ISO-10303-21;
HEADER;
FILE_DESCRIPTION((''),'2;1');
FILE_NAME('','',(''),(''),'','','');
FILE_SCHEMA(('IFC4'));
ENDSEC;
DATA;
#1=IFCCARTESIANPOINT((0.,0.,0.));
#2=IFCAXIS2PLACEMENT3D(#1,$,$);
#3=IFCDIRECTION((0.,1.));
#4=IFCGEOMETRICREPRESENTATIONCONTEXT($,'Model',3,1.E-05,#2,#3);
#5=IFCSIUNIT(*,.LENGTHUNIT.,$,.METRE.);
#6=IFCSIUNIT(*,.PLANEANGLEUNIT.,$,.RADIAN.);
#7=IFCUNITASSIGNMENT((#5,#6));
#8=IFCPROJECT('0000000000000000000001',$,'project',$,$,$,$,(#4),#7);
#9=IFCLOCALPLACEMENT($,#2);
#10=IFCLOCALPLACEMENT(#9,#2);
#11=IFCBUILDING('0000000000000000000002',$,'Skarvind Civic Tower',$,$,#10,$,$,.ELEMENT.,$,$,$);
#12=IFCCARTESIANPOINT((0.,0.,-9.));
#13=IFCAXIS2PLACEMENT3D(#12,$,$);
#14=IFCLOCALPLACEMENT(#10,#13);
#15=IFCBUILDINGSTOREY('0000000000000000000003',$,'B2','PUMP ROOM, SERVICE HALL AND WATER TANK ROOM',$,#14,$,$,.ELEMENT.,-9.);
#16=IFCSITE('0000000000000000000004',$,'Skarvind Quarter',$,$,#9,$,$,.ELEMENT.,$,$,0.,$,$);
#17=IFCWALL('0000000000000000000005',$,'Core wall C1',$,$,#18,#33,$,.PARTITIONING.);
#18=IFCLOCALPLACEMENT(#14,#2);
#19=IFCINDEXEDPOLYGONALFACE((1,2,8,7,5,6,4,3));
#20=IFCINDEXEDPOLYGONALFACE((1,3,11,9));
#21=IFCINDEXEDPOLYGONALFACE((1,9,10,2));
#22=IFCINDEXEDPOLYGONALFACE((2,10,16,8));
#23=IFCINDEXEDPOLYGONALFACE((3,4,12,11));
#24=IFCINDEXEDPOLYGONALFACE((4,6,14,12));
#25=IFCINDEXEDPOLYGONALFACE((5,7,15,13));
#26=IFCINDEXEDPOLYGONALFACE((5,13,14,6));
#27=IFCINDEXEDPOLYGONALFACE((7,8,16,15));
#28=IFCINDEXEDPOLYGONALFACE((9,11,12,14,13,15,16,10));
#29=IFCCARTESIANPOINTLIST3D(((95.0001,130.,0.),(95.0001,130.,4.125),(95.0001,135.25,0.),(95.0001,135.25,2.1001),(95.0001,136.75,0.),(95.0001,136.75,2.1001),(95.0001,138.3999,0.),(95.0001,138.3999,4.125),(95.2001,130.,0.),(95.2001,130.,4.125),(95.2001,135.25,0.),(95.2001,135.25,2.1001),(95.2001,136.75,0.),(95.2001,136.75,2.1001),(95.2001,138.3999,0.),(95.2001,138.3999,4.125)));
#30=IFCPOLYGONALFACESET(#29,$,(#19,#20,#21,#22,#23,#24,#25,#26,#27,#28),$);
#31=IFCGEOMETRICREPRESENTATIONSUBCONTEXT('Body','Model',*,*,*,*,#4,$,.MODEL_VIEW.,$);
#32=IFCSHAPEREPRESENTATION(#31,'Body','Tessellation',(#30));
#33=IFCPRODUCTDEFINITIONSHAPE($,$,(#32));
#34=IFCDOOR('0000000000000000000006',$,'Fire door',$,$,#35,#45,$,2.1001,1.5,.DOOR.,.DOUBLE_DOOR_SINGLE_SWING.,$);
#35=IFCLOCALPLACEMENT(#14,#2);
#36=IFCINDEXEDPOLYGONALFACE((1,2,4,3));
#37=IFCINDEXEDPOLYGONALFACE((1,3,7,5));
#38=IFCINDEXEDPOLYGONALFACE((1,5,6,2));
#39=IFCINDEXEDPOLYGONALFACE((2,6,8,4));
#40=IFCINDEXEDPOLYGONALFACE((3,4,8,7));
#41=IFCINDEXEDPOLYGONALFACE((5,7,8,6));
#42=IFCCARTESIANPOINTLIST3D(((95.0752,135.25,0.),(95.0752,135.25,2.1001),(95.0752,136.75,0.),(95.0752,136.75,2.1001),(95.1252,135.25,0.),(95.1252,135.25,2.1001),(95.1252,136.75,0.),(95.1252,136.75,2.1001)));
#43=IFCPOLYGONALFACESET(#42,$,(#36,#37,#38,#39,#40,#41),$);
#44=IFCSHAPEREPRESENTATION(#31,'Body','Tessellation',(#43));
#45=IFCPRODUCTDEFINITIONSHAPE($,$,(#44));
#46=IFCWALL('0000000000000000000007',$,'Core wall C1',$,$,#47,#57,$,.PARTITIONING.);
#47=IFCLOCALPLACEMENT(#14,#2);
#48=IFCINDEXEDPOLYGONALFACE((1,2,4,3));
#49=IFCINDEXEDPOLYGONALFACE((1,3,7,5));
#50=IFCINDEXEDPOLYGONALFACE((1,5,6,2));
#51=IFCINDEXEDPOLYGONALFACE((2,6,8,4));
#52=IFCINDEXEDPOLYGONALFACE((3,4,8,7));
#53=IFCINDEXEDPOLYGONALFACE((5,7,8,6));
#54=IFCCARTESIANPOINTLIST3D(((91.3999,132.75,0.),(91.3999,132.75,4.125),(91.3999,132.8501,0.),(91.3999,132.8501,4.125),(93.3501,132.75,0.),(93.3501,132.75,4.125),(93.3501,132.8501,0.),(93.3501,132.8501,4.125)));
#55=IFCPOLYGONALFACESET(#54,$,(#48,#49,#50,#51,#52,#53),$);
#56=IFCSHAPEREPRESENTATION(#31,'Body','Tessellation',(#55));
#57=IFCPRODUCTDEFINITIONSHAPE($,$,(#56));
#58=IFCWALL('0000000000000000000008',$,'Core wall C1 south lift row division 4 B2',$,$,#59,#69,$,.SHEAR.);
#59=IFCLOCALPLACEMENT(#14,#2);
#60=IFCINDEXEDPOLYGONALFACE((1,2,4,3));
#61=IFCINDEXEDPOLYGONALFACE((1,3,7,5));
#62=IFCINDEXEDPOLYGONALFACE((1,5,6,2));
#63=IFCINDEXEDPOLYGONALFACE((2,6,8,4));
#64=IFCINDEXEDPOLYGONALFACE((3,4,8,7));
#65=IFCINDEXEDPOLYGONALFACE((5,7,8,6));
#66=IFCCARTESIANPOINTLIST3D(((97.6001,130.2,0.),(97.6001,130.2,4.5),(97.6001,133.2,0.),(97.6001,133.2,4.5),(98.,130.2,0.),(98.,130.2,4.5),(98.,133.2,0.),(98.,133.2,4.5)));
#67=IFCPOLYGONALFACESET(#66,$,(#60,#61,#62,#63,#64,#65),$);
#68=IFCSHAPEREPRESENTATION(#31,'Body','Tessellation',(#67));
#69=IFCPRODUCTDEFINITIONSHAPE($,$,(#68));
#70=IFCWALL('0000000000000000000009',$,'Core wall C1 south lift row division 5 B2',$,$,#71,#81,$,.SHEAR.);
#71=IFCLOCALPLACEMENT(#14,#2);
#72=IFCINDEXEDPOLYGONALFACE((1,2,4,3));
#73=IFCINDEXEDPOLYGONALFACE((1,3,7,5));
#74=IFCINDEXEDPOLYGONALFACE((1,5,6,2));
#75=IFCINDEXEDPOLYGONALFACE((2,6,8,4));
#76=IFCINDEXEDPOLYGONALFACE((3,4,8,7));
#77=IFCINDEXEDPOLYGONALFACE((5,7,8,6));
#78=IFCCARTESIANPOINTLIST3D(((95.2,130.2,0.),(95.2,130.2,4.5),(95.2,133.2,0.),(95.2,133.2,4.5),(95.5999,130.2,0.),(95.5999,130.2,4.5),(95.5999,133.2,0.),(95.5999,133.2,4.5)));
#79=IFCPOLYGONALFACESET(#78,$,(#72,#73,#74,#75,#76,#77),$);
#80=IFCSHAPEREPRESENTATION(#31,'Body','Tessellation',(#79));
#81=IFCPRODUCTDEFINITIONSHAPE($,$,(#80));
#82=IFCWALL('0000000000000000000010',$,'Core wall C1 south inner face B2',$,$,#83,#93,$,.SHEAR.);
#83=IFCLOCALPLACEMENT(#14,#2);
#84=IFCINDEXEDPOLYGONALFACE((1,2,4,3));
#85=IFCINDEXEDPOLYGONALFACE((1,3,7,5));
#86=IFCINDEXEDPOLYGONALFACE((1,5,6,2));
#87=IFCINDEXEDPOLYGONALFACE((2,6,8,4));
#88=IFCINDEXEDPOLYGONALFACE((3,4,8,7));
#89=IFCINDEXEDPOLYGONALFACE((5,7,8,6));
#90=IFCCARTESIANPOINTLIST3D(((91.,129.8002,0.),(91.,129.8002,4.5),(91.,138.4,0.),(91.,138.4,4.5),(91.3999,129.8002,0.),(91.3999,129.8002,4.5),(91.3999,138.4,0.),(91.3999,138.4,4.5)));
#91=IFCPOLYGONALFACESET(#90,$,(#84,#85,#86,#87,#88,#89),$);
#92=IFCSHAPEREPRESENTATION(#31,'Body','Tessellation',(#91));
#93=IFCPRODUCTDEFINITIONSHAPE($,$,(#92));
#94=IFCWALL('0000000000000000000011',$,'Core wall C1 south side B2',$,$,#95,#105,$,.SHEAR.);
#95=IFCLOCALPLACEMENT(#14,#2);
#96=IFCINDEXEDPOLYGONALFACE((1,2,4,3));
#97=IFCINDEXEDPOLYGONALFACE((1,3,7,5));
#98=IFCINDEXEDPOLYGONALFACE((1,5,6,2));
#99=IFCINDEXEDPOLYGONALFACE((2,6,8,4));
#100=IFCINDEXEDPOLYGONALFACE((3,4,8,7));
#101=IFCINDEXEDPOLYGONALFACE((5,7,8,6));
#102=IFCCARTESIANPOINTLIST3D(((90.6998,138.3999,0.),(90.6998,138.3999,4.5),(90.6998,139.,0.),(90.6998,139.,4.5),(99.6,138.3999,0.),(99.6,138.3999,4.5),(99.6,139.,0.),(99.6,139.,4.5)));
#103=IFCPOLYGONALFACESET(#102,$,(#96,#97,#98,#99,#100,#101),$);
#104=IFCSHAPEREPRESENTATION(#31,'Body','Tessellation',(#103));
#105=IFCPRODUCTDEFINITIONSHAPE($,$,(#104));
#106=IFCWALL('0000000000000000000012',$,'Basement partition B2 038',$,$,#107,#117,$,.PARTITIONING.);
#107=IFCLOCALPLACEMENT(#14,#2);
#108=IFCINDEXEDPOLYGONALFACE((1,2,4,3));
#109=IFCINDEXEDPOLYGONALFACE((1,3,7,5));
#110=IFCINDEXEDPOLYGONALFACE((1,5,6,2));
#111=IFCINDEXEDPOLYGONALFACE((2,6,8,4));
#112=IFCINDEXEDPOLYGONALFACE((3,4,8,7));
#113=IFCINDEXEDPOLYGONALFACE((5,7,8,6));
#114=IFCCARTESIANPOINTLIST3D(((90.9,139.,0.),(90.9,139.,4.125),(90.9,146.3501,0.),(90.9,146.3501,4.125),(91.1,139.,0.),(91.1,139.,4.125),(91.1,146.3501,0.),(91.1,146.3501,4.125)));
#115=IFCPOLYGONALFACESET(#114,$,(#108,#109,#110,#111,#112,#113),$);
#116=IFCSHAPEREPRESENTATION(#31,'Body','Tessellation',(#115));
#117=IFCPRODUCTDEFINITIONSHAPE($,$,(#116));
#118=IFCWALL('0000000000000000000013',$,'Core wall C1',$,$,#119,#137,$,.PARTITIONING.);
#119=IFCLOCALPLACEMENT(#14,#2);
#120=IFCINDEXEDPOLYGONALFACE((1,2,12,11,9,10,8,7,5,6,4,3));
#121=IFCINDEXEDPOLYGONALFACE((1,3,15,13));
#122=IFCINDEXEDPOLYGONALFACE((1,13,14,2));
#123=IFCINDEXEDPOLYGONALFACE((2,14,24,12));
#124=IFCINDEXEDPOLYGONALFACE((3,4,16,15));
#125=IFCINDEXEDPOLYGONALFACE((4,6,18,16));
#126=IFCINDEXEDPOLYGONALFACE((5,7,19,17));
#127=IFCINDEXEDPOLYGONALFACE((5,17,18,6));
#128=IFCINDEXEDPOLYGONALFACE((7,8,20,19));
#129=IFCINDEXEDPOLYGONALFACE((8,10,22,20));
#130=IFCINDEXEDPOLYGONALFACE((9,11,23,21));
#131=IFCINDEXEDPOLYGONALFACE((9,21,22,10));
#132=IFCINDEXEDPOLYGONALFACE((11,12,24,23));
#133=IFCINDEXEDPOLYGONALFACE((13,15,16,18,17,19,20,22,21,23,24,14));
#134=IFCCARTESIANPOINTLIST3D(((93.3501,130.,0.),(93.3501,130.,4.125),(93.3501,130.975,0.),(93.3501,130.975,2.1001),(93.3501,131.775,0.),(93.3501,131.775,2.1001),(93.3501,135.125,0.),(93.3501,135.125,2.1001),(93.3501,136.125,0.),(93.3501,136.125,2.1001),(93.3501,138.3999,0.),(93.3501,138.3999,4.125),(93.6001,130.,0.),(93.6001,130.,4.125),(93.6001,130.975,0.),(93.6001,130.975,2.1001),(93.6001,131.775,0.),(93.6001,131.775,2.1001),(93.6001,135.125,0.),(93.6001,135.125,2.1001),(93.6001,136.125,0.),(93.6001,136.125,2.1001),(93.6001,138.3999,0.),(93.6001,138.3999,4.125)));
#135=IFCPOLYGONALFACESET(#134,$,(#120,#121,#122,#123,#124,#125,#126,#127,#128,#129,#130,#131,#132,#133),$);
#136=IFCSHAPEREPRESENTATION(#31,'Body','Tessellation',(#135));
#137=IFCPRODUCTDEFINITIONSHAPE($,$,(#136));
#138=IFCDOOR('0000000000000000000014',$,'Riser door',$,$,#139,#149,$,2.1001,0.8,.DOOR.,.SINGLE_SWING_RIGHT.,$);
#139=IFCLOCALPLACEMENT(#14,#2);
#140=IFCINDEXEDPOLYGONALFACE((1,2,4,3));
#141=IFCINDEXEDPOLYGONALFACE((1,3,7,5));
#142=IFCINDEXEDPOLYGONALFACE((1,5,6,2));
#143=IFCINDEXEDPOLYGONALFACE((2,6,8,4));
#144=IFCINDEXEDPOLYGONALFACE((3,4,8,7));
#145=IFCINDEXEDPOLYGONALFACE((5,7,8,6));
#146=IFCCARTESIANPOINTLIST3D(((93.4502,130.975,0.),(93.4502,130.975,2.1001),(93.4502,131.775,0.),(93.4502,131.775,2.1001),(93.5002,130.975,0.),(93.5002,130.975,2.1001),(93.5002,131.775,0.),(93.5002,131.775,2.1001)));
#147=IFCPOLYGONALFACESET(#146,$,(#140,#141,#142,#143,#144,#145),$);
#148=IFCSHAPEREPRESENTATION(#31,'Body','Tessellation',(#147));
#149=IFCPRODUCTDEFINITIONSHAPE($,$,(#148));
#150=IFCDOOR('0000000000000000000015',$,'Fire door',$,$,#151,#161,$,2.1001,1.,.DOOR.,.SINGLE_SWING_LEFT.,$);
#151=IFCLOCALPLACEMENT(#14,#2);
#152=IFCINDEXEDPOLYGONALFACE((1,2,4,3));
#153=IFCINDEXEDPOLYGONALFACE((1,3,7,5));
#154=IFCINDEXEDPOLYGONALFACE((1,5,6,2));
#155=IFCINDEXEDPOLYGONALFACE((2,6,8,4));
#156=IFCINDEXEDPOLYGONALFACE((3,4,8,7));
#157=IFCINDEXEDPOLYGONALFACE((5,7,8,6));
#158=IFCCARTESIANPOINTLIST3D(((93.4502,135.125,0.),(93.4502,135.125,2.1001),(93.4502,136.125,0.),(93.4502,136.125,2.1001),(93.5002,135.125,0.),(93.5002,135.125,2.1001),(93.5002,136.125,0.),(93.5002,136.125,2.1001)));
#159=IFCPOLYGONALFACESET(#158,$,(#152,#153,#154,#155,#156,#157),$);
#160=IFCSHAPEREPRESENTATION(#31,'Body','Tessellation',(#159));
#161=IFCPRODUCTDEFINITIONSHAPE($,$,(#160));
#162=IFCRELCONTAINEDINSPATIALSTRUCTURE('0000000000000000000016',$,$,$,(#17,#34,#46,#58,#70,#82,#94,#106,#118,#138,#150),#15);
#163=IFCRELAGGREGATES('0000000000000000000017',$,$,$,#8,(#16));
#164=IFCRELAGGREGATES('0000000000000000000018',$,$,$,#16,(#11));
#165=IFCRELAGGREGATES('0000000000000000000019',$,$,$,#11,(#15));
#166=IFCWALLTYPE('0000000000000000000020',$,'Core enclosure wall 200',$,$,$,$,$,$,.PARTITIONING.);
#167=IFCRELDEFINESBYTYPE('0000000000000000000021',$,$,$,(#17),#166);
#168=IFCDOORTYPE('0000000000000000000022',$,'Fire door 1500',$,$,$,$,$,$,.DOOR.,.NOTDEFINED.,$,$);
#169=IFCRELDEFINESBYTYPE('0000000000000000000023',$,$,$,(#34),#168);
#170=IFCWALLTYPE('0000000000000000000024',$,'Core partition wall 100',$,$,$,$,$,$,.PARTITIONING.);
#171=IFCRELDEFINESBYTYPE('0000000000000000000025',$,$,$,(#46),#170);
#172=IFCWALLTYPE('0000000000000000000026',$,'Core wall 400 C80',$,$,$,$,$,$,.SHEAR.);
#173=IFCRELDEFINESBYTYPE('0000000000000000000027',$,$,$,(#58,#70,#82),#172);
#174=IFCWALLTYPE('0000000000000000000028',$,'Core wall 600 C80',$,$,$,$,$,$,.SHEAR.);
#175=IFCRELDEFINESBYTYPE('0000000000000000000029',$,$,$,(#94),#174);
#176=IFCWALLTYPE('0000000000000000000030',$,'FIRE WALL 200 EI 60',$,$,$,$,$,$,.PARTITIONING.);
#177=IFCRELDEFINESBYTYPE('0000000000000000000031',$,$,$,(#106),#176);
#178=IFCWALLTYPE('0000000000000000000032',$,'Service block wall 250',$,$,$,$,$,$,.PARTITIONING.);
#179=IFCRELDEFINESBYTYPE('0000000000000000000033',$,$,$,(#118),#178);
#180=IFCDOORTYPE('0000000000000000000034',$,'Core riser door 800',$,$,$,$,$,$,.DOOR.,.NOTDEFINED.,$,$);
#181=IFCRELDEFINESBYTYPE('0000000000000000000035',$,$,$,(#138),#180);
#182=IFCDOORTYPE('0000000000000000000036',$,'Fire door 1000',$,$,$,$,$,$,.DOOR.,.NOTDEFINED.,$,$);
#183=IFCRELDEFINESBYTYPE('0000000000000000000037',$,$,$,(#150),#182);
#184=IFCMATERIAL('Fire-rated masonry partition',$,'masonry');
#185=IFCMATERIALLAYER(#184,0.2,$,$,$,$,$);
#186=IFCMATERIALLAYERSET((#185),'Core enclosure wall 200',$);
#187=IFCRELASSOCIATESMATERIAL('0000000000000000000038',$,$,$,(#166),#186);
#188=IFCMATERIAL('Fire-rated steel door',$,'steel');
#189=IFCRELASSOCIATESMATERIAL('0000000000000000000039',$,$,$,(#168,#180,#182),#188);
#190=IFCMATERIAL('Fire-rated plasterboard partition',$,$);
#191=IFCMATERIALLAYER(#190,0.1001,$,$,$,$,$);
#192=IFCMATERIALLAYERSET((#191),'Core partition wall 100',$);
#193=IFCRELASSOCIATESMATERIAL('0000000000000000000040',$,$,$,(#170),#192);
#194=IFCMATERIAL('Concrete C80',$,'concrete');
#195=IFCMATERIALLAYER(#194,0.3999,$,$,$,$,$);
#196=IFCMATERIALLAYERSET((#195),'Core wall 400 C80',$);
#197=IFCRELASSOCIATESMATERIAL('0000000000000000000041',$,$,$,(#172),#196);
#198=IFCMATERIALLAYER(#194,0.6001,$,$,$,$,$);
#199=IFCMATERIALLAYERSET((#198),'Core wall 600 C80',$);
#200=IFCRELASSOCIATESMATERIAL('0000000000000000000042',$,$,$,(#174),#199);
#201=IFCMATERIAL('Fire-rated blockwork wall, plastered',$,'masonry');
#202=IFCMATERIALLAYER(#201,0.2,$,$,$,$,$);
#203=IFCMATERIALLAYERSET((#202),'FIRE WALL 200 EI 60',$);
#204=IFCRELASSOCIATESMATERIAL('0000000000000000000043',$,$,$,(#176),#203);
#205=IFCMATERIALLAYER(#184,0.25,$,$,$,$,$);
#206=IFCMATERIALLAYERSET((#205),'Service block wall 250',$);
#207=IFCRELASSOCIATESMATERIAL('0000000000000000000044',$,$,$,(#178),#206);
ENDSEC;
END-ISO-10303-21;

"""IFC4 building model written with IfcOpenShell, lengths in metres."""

from ifc_helpers import new_model, si_unit, direction, frame, frame_2d, origin, place, context, subcontext, project, spatial, rectangle, extrude, material, layer, layer_set, type_object, element, fill, save


model = new_model("IFC4")

# Units and contexts
model_context = context("Model", 3, precision=1e-05, world=origin(), true_north=direction((0.0, 1.0)))
body_context = subcontext(model_context, "Body", "Model", "MODEL_VIEW")
ifc_project = project(units=[si_unit("LENGTHUNIT", "METRE"), si_unit("PLANEANGLEUNIT", "RADIAN")], contexts=[model_context])

# Site, building, storey
site_placement = place(None, origin())
site = spatial("IfcSite", under=ifc_project, at=site_placement, Name="Skarvind Quarter", CompositionType="ELEMENT", RefElevation=0.0)
building_placement = place(site_placement, origin())
building = spatial("IfcBuilding", under=site, at=building_placement, Name="Skarvind Civic Tower", CompositionType="ELEMENT")
storey_placement = place(building_placement, frame((0.0, 0.0, -9.0)))
storey = spatial("IfcBuildingStorey", under=building, at=storey_placement, Name="B2", Description="PUMP ROOM, SERVICE HALL AND WATER TANK ROOM", CompositionType="ELEMENT", Elevation=-9.0)

# Shared definitions
ifc_material_1 = material(Name="Concrete C80", Category="concrete")

# Wall, opening, door
ifc_material_2 = material(Name="Fire-rated masonry partition", Category="masonry")
ifc_layer_1 = layer(ifc_material_2, 0.2)
ifc_layer_set_1 = layer_set([ifc_layer_1], Name="Core enclosure wall 200")
wall_type_1 = type_object("IfcWallType", Name="Core enclosure wall 200", PredefinedType="PARTITIONING", material=ifc_layer_set_1)
ifc_material_3 = material(Name="Fire-rated steel door", Category="steel")
wall_1_placement = place(storey_placement, frame((95.1001, 130.0, 0.0), z_axis=(0.0, 0.0, 1.0), x_axis=(0.0, 1.0, 0.0)))
wall_1 = element("IfcWall", 1, at=wall_1_placement, inside=storey, type_object=wall_type_1, Name="Core wall C1", PredefinedType="PARTITIONING", context=body_context, shape_type="SweptSolid", body=[
    extrude(rectangle(XDim=8.3999, YDim=0.2, at=frame_2d((4.2, 0.0))), origin(), (0.0, 0.0, 1.0), 4.125),
])
opening_1_placement = place(wall_1_placement, frame((5.25, 0.0, 0.0)))
opening_1 = element("IfcOpeningElement", 2, at=opening_1_placement, cuts=wall_1, PredefinedType="OPENING", context=body_context, shape_type="SweptSolid", body=[
    extrude(rectangle(XDim=1.5, YDim=2.1001, at=frame_2d((0.75, 1.05))), frame((0.0, 0.1099, 0.0), z_axis=(0.0, -1.0, 0.0), x_axis=(1.0, 0.0, 0.0)), (0.0, 0.0, 1.0), 0.22),
])
door_type_1 = type_object("IfcDoorType", Name="Fire door 1500", OperationType="NOTDEFINED", PredefinedType="DOOR", material=ifc_material_3)
door_1_placement = place(opening_1_placement, origin())
door_1 = element("IfcDoor", 3, at=door_1_placement, inside=storey, type_object=door_type_1, Name="Fire door", OperationType="DOUBLE_DOOR_SINGLE_SWING", OverallHeight=2.1001, OverallWidth=1.5, PredefinedType="DOOR", context=body_context, shape_type="SweptSolid", body=[
    extrude(rectangle(XDim=1.5, YDim=2.1001, at=frame_2d((0.75, 1.05))), frame((0.0, 0.0249, 0.0), z_axis=(0.0, -1.0, 0.0), x_axis=(1.0, 0.0, 0.0)), (0.0, 0.0, 1.0), 0.05),
])
fill(opening_1, door_1)

# Walls
ifc_material_4 = material(Name="Fire-rated plasterboard partition")
ifc_layer_2 = layer(ifc_material_4, 0.1001)
ifc_layer_set_2 = layer_set([ifc_layer_2], Name="Core partition wall 100")
wall_type_2 = type_object("IfcWallType", Name="Core partition wall 100", PredefinedType="PARTITIONING", material=ifc_layer_set_2)
wall_2_placement = place(storey_placement, frame((91.3999, 132.8, 0.0), z_axis=(0.0, 0.0, 1.0), x_axis=(1.0, 0.0, 0.0)))
element("IfcWall", 4, at=wall_2_placement, inside=storey, type_object=wall_type_2, Name="Core wall C1", PredefinedType="PARTITIONING", context=body_context, shape_type="SweptSolid", body=[
    extrude(rectangle(XDim=1.9502, YDim=0.1001, at=frame_2d((0.9751, 0.0))), origin(), (0.0, 0.0, 1.0), 4.125),
])
ifc_layer_3 = layer(ifc_material_1, 0.3999)
ifc_layer_set_3 = layer_set([ifc_layer_3], Name="Core wall 400 C80")
wall_type_3 = type_object("IfcWallType", Name="Core wall 400 C80", PredefinedType="SHEAR", material=ifc_layer_set_3)
for number, where, z_axis, x_axis, name in (
    (5, (97.8, 133.2, 0.0), (0.0, 0.0, 1.0), (0.0, -1.0, 0.0), "Core wall C1 south lift row division 4 B2"),
    (6, (95.3999, 133.2, 0.0), (0.0, 0.0, 1.0), (0.0, -1.0, 0.0), "Core wall C1 south lift row division 5 B2"),
):
    element("IfcWall", number, at=place(storey_placement, frame(where, z_axis=z_axis, x_axis=x_axis)), inside=storey, type_object=wall_type_3, Name=name, PredefinedType="SHEAR", context=body_context, shape_type="SweptSolid", body=[
        extrude(rectangle(XDim=3.0, YDim=0.3999, at=frame_2d((1.5, 0.0))), origin(), (0.0, 0.0, 1.0), 4.5),
    ])
wall_3_placement = place(storey_placement, frame((91.2, 138.3999, 0.0), z_axis=(0.0, 0.0, 1.0), x_axis=(0.0, -1.0, 0.0)))
element("IfcWall", 7, at=wall_3_placement, inside=storey, type_object=wall_type_3, Name="Core wall C1 south inner face B2", PredefinedType="SHEAR", context=body_context, shape_type="SweptSolid", body=[
    extrude(rectangle(XDim=8.5999, YDim=0.3999, at=frame_2d((4.2998, 0.0))), origin(), (0.0, 0.0, 1.0), 4.5),
])
ifc_layer_4 = layer(ifc_material_1, 0.6001)
ifc_layer_set_4 = layer_set([ifc_layer_4], Name="Core wall 600 C80")
wall_type_4 = type_object("IfcWallType", Name="Core wall 600 C80", PredefinedType="SHEAR", material=ifc_layer_set_4)
wall_4_placement = place(storey_placement, frame((99.6001, 138.7, 0.0), z_axis=(0.0, 0.0, 1.0), x_axis=(-1.0, 0.0, 0.0)))
element("IfcWall", 8, at=wall_4_placement, inside=storey, type_object=wall_type_4, Name="Core wall C1 south side B2", PredefinedType="SHEAR", context=body_context, shape_type="SweptSolid", body=[
    extrude(rectangle(XDim=8.9001, YDim=0.6001, at=frame_2d((4.4502, 0.0))), origin(), (0.0, 0.0, 1.0), 4.5),
])
ifc_material_5 = material(Name="Fire-rated blockwork wall, plastered", Category="masonry")
ifc_layer_5 = layer(ifc_material_5, 0.2)
ifc_layer_set_5 = layer_set([ifc_layer_5], Name="FIRE WALL 200 EI 60")
wall_type_5 = type_object("IfcWallType", Name="FIRE WALL 200 EI 60", PredefinedType="PARTITIONING", material=ifc_layer_set_5)
wall_5_placement = place(storey_placement, frame((91.0, 139.0, 0.0), z_axis=(0.0, 0.0, 1.0), x_axis=(0.0, 1.0, 0.0)))
element("IfcWall", 9, at=wall_5_placement, inside=storey, type_object=wall_type_5, Name="Basement partition B2 038", PredefinedType="PARTITIONING", context=body_context, shape_type="SweptSolid", body=[
    extrude(rectangle(XDim=7.3501, YDim=0.2, at=frame_2d((3.675, 0.0))), origin(), (0.0, 0.0, 1.0), 4.125),
])

# Wall, openings, doors
ifc_layer_6 = layer(ifc_material_2, 0.25)
ifc_layer_set_6 = layer_set([ifc_layer_6], Name="Service block wall 250")
wall_type_6 = type_object("IfcWallType", Name="Service block wall 250", PredefinedType="PARTITIONING", material=ifc_layer_set_6)
wall_6_placement = place(storey_placement, frame((93.4751, 130.0, 0.0), z_axis=(0.0, 0.0, 1.0), x_axis=(0.0, 1.0, 0.0)))
wall_6 = element("IfcWall", 10, at=wall_6_placement, inside=storey, type_object=wall_type_6, Name="Core wall C1", PredefinedType="PARTITIONING", context=body_context, shape_type="SweptSolid", body=[
    extrude(rectangle(XDim=8.3999, YDim=0.25, at=frame_2d((4.2, 0.0))), origin(), (0.0, 0.0, 1.0), 4.125),
])
opening_2_placement = place(wall_6_placement, frame((0.9751, 0.0, 0.0)))
opening_2 = element("IfcOpeningElement", 11, at=opening_2_placement, cuts=wall_6, PredefinedType="OPENING", context=body_context, shape_type="SweptSolid", body=[
    extrude(rectangle(XDim=0.8, YDim=2.1001, at=frame_2d((0.3999, 1.05))), frame((0.0, 0.135, 0.0), z_axis=(0.0, -1.0, 0.0), x_axis=(1.0, 0.0, 0.0)), (0.0, 0.0, 1.0), 0.27),
])
opening_3_placement = place(wall_6_placement, frame((5.125, 0.0, 0.0)))
opening_3 = element("IfcOpeningElement", 12, at=opening_3_placement, cuts=wall_6, PredefinedType="OPENING", context=body_context, shape_type="SweptSolid", body=[
    extrude(rectangle(XDim=1.0, YDim=2.1001, at=frame_2d((0.5, 1.05))), frame((0.0, 0.135, 0.0), z_axis=(0.0, -1.0, 0.0), x_axis=(1.0, 0.0, 0.0)), (0.0, 0.0, 1.0), 0.27),
])
door_type_2 = type_object("IfcDoorType", Name="Core riser door 800", OperationType="NOTDEFINED", PredefinedType="DOOR", material=ifc_material_3)
door_2_placement = place(opening_2_placement, origin())
door_2 = element("IfcDoor", 13, at=door_2_placement, inside=storey, type_object=door_type_2, Name="Riser door", OperationType="SINGLE_SWING_RIGHT", OverallHeight=2.1001, OverallWidth=0.8, PredefinedType="DOOR", context=body_context, shape_type="SweptSolid", body=[
    extrude(rectangle(XDim=0.8, YDim=2.1001, at=frame_2d((0.3999, 1.05))), frame((0.0, 0.0249, 0.0), z_axis=(0.0, -1.0, 0.0), x_axis=(1.0, 0.0, 0.0)), (0.0, 0.0, 1.0), 0.05),
])
fill(opening_2, door_2)
door_type_3 = type_object("IfcDoorType", Name="Fire door 1000", OperationType="NOTDEFINED", PredefinedType="DOOR", material=ifc_material_3)
door_3_placement = place(opening_3_placement, origin())
door_3 = element("IfcDoor", 14, at=door_3_placement, inside=storey, type_object=door_type_3, Name="Fire door", OperationType="SINGLE_SWING_LEFT", OverallHeight=2.1001, OverallWidth=1.0, PredefinedType="DOOR", context=body_context, shape_type="SweptSolid", body=[
    extrude(rectangle(XDim=1.0, YDim=2.1001, at=frame_2d((0.5, 1.05))), frame((0.0, 0.0249, 0.0), z_axis=(0.0, -1.0, 0.0), x_axis=(1.0, 0.0, 0.0)), (0.0, 0.0, 1.0), 0.05),
])
fill(opening_3, door_3)

save(model, "model.ifc")
